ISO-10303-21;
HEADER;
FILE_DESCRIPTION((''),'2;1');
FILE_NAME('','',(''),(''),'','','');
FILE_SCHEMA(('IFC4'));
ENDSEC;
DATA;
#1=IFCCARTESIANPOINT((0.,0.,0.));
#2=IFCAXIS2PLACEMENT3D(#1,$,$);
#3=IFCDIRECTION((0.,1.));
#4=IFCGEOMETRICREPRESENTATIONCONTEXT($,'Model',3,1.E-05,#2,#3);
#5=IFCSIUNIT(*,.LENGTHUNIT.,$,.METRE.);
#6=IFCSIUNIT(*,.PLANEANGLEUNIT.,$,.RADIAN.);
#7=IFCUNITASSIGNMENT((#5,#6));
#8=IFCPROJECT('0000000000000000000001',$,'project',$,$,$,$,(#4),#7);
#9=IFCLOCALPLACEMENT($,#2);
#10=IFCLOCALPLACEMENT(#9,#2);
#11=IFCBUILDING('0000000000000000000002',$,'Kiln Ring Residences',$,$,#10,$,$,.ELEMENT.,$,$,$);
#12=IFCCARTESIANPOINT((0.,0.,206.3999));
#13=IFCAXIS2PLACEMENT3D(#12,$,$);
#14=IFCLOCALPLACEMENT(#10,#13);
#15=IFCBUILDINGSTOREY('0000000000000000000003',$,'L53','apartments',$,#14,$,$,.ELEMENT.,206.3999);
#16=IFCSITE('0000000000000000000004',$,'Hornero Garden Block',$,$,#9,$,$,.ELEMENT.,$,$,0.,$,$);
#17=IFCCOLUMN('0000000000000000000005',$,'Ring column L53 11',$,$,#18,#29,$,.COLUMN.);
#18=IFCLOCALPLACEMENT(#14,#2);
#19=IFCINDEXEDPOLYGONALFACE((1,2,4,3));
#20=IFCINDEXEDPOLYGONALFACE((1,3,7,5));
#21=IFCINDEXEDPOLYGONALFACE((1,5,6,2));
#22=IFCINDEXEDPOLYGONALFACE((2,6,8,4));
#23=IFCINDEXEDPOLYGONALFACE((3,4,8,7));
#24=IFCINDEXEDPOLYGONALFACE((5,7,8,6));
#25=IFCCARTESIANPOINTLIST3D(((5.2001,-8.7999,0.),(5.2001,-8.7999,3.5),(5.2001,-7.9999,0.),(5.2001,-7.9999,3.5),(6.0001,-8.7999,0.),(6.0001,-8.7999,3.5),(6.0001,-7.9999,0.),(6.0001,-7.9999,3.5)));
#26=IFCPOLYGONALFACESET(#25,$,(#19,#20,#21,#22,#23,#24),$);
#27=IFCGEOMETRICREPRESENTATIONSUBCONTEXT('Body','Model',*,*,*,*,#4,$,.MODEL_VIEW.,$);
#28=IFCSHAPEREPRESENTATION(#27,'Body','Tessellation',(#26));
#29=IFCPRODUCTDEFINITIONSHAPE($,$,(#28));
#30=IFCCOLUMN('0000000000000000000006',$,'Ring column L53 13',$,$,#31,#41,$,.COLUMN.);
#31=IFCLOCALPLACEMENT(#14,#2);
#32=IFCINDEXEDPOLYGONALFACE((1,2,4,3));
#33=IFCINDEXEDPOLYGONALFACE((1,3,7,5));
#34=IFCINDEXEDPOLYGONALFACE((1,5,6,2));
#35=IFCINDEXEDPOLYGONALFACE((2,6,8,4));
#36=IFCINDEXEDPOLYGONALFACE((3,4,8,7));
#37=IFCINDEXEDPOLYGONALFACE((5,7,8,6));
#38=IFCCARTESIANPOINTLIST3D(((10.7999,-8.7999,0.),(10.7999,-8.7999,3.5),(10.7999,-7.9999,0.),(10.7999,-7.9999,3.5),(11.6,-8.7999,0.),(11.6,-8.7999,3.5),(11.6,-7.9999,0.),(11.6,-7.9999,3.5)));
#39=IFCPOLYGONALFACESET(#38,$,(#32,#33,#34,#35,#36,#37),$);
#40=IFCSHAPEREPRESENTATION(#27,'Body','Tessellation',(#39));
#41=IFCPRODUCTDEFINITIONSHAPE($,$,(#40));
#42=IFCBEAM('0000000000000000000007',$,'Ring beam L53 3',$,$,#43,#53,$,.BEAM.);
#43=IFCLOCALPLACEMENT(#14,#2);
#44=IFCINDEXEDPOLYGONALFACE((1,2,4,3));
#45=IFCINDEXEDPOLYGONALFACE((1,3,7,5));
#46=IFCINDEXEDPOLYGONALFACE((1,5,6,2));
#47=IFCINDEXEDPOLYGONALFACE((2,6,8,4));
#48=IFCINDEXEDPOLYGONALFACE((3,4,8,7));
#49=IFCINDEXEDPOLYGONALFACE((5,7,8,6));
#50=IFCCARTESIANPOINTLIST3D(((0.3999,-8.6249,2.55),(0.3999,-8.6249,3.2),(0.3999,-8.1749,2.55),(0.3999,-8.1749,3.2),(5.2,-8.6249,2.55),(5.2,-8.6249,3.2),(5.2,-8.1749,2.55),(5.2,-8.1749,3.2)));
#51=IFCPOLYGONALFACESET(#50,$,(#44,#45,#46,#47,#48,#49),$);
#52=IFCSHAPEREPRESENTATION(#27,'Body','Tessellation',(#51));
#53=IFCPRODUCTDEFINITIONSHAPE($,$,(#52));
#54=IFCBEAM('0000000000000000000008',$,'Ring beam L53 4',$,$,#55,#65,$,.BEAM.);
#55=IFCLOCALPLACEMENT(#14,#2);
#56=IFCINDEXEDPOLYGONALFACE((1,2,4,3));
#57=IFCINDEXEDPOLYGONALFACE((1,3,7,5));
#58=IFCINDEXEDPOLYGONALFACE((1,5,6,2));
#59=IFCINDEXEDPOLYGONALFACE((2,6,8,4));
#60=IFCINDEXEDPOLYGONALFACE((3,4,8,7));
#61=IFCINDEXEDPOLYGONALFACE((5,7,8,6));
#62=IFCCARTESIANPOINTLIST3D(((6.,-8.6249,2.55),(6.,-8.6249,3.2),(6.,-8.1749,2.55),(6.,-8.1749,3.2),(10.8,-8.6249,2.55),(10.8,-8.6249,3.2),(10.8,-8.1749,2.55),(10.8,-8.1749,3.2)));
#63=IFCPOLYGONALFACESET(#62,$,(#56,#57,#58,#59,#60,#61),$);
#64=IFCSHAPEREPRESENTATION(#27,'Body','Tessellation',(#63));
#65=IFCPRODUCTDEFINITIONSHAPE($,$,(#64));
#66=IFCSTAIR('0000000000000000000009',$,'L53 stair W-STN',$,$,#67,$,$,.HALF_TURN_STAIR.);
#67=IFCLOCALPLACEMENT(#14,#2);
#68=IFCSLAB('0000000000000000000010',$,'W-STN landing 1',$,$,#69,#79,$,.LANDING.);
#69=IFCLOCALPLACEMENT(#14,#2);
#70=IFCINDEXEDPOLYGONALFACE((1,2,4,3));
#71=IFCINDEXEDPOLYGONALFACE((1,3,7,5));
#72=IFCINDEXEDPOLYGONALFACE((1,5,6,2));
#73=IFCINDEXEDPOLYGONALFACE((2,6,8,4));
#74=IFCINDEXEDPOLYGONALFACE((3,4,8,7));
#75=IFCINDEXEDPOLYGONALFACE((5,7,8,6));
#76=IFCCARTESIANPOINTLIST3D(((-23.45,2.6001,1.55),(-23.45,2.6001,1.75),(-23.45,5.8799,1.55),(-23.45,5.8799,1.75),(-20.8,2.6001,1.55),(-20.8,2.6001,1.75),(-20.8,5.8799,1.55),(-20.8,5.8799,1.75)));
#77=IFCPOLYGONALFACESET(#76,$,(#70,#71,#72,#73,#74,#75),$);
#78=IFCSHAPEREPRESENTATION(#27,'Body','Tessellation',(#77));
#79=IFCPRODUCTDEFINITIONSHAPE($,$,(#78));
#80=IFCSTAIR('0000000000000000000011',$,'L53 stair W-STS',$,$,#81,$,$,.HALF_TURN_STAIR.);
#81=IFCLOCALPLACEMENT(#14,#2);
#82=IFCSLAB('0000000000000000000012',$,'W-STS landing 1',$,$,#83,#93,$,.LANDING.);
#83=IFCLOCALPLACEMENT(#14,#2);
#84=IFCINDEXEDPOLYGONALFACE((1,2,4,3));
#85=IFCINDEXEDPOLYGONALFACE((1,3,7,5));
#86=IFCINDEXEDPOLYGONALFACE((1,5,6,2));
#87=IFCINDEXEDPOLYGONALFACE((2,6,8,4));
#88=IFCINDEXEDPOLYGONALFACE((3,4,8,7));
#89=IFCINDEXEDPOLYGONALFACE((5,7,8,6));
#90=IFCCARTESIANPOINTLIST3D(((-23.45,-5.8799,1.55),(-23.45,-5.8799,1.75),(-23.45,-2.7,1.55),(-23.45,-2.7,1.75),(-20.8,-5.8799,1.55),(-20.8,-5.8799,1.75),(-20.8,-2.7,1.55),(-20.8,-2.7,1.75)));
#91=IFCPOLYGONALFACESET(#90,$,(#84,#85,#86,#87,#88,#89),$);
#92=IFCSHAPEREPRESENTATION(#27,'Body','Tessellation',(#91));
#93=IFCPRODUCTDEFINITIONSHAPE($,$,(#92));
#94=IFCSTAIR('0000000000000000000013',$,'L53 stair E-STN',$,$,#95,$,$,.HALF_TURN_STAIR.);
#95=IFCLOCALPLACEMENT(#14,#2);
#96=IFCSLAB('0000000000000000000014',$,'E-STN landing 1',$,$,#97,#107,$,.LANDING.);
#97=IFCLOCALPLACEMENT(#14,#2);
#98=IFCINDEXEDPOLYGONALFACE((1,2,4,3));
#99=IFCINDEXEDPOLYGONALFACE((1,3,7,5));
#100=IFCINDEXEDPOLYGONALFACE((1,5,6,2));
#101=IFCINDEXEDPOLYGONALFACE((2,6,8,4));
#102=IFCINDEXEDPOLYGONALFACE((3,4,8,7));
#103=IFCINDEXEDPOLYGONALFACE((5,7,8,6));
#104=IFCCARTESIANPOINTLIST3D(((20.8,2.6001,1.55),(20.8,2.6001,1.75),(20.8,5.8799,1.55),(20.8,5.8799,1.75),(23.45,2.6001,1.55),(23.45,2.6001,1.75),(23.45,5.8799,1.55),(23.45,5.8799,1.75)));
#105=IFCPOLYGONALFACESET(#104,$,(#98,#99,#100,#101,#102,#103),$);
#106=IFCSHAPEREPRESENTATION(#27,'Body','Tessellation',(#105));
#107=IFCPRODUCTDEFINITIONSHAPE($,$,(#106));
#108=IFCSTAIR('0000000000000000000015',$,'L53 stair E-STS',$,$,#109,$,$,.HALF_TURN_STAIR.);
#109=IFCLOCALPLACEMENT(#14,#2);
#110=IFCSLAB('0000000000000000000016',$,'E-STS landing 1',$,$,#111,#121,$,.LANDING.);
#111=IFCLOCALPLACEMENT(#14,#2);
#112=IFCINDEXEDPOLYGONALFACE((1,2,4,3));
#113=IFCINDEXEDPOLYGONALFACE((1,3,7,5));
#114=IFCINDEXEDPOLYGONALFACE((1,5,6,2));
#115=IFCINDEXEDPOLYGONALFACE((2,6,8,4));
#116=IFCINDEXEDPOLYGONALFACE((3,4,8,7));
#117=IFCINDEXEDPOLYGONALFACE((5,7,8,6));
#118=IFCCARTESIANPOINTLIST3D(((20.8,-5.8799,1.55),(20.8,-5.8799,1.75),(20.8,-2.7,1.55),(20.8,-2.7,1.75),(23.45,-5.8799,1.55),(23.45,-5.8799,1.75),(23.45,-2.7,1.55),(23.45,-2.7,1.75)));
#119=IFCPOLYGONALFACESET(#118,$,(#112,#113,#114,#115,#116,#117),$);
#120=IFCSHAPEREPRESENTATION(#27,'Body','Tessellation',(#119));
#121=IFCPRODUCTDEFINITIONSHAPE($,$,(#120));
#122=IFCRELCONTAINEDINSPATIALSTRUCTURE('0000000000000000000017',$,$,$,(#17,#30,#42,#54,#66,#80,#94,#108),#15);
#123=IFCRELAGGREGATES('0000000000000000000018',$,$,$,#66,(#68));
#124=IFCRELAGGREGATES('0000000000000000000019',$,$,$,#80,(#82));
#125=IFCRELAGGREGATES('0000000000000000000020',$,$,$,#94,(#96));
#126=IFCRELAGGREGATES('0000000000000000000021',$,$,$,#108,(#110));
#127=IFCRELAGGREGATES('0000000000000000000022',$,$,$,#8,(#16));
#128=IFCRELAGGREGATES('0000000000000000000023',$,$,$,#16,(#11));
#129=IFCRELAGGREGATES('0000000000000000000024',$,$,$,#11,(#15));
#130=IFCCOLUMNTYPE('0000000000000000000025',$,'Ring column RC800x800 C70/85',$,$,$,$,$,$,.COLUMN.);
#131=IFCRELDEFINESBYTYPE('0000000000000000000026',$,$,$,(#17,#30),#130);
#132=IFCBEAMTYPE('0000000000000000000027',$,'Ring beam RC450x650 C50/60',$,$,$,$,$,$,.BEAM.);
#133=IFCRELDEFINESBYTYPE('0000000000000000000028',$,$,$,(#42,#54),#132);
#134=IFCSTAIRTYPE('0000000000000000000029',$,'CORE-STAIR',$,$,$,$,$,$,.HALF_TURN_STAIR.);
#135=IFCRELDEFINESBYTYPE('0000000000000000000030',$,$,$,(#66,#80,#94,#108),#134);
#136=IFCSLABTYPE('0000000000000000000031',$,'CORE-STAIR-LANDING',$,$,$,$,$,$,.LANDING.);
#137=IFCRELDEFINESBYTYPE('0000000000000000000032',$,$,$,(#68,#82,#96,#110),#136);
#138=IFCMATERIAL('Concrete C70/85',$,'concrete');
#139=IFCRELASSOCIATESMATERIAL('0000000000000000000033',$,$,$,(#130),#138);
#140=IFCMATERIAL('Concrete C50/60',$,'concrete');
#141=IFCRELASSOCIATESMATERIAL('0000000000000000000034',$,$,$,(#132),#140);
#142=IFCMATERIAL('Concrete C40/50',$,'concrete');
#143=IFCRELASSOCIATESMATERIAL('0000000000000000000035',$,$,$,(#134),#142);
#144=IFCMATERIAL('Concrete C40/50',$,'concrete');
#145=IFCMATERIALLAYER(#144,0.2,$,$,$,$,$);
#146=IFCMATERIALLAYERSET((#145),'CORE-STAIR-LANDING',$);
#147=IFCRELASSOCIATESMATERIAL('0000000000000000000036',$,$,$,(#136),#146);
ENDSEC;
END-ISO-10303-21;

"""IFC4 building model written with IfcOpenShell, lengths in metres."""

from ifc_helpers import new_model, si_unit, direction, frame, origin, origin_2d, place, context, subcontext, project, spatial, polyline, rectangle, outline, extrude, material, layer, layer_set, material_profile, profile_set, type_object, element, aggregate, save


model = new_model("IFC4")

# Units and contexts
model_context = context("Model", 3, precision=1e-05, world=origin(), true_north=direction((0.0, 1.0)))
body_context = subcontext(model_context, "Body", "Model", "MODEL_VIEW")
ifc_project = project(units=[si_unit("LENGTHUNIT", "METRE"), si_unit("PLANEANGLEUNIT", "RADIAN")], contexts=[model_context])

# Site, building, storey
site_placement = place(None, origin())
site = spatial("IfcSite", under=ifc_project, at=site_placement, Name="Hornero Garden Block", CompositionType="ELEMENT", RefElevation=0.0)
building_placement = place(site_placement, origin())
building = spatial("IfcBuilding", under=site, at=building_placement, Name="Kiln Ring Residences", CompositionType="ELEMENT")
storey_placement = place(building_placement, frame((0.0, 0.0, 206.3999)))
storey = spatial("IfcBuildingStorey", under=building, at=storey_placement, Name="L53", Description="apartments", CompositionType="ELEMENT", Elevation=206.3999)

# Columns
ifc_material_1 = material(Name="Concrete C70/85", Category="concrete")
ifc_material_profile_1 = material_profile(ifc_material_1, rectangle(XDim=0.8, YDim=0.8, at=origin_2d()), Name="RC800x800")
ifc_profile_set_1 = profile_set([ifc_material_profile_1], Name="Concrete C70/85")
column_type = type_object("IfcColumnType", Name="Ring column RC800x800 C70/85", PredefinedType="COLUMN", material=ifc_profile_set_1)
for number, where, z_axis, x_axis, name in (
    (1, (5.6001, -8.3999, 0.0), (0.0, 0.0, 1.0), (1.0, 0.0, 0.0), "Ring column L53 11"),
    (2, (11.2, -8.3999, 0.0), (0.0, 0.0, 1.0), (1.0, 0.0, 0.0), "Ring column L53 13"),
):
    element("IfcColumn", number, at=place(storey_placement, frame(where, z_axis=z_axis, x_axis=x_axis)), inside=storey, type_object=column_type, Name=name, PredefinedType="COLUMN", context=body_context, shape_type="SweptSolid", body=[
        extrude(rectangle(XDim=0.8, YDim=0.8, at=origin_2d()), origin(), (0.0, 0.0, 1.0), 3.5),
    ])

# Beams
ifc_material_2 = material(Name="Concrete C50/60", Category="concrete")
ifc_material_profile_2 = material_profile(ifc_material_2, rectangle(XDim=0.45, YDim=0.6499, at=origin_2d()), Name="RC450x650")
ifc_profile_set_2 = profile_set([ifc_material_profile_2], Name="Concrete C50/60")
beam_type = type_object("IfcBeamType", Name="Ring beam RC450x650 C50/60", PredefinedType="BEAM", material=ifc_profile_set_2)
for number, where, z_axis, x_axis, name in (
    (3, (0.3999, -8.3999, 2.875), (1.0, 0.0, 0.0), (0.0, 1.0, 0.0), "Ring beam L53 3"),
    (4, (6.0, -8.3999, 2.875), (1.0, 0.0, 0.0), (0.0, 1.0, 0.0), "Ring beam L53 4"),
):
    element("IfcBeam", number, at=place(storey_placement, frame(where, z_axis=z_axis, x_axis=x_axis)), inside=storey, type_object=beam_type, Name=name, PredefinedType="BEAM", context=body_context, shape_type="SweptSolid", body=[
        extrude(rectangle(XDim=0.45, YDim=0.6499, at=origin_2d()), origin(), (0.0, 0.0, 1.0), 4.8),
    ])

# Stairs, slabs
ifc_material_3 = material(Name="Concrete C40/50", Category="concrete")
stair_type = type_object("IfcStairType", Name="CORE-STAIR", PredefinedType="HALF_TURN_STAIR", material=ifc_material_3)
placement_1 = place(storey_placement, origin())
stair_1 = element("IfcStair", 5, at=placement_1, inside=storey, type_object=stair_type, Name="L53 stair W-STN", PredefinedType="HALF_TURN_STAIR")
ifc_material_4 = material(Name="Concrete C40/50", Category="concrete")
ifc_layer_1 = layer(ifc_material_4, 0.2)
ifc_layer_set_1 = layer_set([ifc_layer_1], Name="CORE-STAIR-LANDING")
slab_type = type_object("IfcSlabType", Name="CORE-STAIR-LANDING", PredefinedType="LANDING", material=ifc_layer_set_1)
placement_2 = place(storey_placement, frame((0.0, 0.0, 1.55)))
slab_1 = element("IfcSlab", 6, at=placement_2, type_object=slab_type, Name="W-STN landing 1", PredefinedType="LANDING", context=body_context, shape_type="SweptSolid", body=[
    extrude(outline(polyline([(-23.45, 5.8799), (-23.45, 2.6001), (-20.8, 2.6001), (-20.8, 5.8799), (-23.45, 5.8799)])), origin(), (0.0, 0.0, 1.0), 0.2),
])
aggregate(stair_1, [slab_1])
stair_2 = element("IfcStair", 7, at=placement_1, inside=storey, type_object=stair_type, Name="L53 stair W-STS", PredefinedType="HALF_TURN_STAIR")
slab_2 = element("IfcSlab", 8, at=placement_2, type_object=slab_type, Name="W-STS landing 1", PredefinedType="LANDING", context=body_context, shape_type="SweptSolid", body=[
    extrude(outline(polyline([(-20.8, -5.8799), (-20.8, -2.7), (-23.45, -2.7), (-23.45, -5.8799), (-20.8, -5.8799)])), origin(), (0.0, 0.0, 1.0), 0.2),
])
aggregate(stair_2, [slab_2])
stair_3 = element("IfcStair", 9, at=placement_1, inside=storey, type_object=stair_type, Name="L53 stair E-STN", PredefinedType="HALF_TURN_STAIR")
slab_3 = element("IfcSlab", 10, at=placement_2, type_object=slab_type, Name="E-STN landing 1", PredefinedType="LANDING", context=body_context, shape_type="SweptSolid", body=[
    extrude(outline(polyline([(20.8, 5.8799), (20.8, 2.6001), (23.45, 2.6001), (23.45, 5.8799), (20.8, 5.8799)])), origin(), (0.0, 0.0, 1.0), 0.2),
])
aggregate(stair_3, [slab_3])
stair_4 = element("IfcStair", 11, at=placement_1, inside=storey, type_object=stair_type, Name="L53 stair E-STS", PredefinedType="HALF_TURN_STAIR")
slab_4 = element("IfcSlab", 12, at=placement_2, type_object=slab_type, Name="E-STS landing 1", PredefinedType="LANDING", context=body_context, shape_type="SweptSolid", body=[
    extrude(outline(polyline([(23.45, -5.8799), (23.45, -2.7), (20.8, -2.7), (20.8, -5.8799), (23.45, -5.8799)])), origin(), (0.0, 0.0, 1.0), 0.2),
])
aggregate(stair_4, [slab_4])

save(model, "model.ifc")
